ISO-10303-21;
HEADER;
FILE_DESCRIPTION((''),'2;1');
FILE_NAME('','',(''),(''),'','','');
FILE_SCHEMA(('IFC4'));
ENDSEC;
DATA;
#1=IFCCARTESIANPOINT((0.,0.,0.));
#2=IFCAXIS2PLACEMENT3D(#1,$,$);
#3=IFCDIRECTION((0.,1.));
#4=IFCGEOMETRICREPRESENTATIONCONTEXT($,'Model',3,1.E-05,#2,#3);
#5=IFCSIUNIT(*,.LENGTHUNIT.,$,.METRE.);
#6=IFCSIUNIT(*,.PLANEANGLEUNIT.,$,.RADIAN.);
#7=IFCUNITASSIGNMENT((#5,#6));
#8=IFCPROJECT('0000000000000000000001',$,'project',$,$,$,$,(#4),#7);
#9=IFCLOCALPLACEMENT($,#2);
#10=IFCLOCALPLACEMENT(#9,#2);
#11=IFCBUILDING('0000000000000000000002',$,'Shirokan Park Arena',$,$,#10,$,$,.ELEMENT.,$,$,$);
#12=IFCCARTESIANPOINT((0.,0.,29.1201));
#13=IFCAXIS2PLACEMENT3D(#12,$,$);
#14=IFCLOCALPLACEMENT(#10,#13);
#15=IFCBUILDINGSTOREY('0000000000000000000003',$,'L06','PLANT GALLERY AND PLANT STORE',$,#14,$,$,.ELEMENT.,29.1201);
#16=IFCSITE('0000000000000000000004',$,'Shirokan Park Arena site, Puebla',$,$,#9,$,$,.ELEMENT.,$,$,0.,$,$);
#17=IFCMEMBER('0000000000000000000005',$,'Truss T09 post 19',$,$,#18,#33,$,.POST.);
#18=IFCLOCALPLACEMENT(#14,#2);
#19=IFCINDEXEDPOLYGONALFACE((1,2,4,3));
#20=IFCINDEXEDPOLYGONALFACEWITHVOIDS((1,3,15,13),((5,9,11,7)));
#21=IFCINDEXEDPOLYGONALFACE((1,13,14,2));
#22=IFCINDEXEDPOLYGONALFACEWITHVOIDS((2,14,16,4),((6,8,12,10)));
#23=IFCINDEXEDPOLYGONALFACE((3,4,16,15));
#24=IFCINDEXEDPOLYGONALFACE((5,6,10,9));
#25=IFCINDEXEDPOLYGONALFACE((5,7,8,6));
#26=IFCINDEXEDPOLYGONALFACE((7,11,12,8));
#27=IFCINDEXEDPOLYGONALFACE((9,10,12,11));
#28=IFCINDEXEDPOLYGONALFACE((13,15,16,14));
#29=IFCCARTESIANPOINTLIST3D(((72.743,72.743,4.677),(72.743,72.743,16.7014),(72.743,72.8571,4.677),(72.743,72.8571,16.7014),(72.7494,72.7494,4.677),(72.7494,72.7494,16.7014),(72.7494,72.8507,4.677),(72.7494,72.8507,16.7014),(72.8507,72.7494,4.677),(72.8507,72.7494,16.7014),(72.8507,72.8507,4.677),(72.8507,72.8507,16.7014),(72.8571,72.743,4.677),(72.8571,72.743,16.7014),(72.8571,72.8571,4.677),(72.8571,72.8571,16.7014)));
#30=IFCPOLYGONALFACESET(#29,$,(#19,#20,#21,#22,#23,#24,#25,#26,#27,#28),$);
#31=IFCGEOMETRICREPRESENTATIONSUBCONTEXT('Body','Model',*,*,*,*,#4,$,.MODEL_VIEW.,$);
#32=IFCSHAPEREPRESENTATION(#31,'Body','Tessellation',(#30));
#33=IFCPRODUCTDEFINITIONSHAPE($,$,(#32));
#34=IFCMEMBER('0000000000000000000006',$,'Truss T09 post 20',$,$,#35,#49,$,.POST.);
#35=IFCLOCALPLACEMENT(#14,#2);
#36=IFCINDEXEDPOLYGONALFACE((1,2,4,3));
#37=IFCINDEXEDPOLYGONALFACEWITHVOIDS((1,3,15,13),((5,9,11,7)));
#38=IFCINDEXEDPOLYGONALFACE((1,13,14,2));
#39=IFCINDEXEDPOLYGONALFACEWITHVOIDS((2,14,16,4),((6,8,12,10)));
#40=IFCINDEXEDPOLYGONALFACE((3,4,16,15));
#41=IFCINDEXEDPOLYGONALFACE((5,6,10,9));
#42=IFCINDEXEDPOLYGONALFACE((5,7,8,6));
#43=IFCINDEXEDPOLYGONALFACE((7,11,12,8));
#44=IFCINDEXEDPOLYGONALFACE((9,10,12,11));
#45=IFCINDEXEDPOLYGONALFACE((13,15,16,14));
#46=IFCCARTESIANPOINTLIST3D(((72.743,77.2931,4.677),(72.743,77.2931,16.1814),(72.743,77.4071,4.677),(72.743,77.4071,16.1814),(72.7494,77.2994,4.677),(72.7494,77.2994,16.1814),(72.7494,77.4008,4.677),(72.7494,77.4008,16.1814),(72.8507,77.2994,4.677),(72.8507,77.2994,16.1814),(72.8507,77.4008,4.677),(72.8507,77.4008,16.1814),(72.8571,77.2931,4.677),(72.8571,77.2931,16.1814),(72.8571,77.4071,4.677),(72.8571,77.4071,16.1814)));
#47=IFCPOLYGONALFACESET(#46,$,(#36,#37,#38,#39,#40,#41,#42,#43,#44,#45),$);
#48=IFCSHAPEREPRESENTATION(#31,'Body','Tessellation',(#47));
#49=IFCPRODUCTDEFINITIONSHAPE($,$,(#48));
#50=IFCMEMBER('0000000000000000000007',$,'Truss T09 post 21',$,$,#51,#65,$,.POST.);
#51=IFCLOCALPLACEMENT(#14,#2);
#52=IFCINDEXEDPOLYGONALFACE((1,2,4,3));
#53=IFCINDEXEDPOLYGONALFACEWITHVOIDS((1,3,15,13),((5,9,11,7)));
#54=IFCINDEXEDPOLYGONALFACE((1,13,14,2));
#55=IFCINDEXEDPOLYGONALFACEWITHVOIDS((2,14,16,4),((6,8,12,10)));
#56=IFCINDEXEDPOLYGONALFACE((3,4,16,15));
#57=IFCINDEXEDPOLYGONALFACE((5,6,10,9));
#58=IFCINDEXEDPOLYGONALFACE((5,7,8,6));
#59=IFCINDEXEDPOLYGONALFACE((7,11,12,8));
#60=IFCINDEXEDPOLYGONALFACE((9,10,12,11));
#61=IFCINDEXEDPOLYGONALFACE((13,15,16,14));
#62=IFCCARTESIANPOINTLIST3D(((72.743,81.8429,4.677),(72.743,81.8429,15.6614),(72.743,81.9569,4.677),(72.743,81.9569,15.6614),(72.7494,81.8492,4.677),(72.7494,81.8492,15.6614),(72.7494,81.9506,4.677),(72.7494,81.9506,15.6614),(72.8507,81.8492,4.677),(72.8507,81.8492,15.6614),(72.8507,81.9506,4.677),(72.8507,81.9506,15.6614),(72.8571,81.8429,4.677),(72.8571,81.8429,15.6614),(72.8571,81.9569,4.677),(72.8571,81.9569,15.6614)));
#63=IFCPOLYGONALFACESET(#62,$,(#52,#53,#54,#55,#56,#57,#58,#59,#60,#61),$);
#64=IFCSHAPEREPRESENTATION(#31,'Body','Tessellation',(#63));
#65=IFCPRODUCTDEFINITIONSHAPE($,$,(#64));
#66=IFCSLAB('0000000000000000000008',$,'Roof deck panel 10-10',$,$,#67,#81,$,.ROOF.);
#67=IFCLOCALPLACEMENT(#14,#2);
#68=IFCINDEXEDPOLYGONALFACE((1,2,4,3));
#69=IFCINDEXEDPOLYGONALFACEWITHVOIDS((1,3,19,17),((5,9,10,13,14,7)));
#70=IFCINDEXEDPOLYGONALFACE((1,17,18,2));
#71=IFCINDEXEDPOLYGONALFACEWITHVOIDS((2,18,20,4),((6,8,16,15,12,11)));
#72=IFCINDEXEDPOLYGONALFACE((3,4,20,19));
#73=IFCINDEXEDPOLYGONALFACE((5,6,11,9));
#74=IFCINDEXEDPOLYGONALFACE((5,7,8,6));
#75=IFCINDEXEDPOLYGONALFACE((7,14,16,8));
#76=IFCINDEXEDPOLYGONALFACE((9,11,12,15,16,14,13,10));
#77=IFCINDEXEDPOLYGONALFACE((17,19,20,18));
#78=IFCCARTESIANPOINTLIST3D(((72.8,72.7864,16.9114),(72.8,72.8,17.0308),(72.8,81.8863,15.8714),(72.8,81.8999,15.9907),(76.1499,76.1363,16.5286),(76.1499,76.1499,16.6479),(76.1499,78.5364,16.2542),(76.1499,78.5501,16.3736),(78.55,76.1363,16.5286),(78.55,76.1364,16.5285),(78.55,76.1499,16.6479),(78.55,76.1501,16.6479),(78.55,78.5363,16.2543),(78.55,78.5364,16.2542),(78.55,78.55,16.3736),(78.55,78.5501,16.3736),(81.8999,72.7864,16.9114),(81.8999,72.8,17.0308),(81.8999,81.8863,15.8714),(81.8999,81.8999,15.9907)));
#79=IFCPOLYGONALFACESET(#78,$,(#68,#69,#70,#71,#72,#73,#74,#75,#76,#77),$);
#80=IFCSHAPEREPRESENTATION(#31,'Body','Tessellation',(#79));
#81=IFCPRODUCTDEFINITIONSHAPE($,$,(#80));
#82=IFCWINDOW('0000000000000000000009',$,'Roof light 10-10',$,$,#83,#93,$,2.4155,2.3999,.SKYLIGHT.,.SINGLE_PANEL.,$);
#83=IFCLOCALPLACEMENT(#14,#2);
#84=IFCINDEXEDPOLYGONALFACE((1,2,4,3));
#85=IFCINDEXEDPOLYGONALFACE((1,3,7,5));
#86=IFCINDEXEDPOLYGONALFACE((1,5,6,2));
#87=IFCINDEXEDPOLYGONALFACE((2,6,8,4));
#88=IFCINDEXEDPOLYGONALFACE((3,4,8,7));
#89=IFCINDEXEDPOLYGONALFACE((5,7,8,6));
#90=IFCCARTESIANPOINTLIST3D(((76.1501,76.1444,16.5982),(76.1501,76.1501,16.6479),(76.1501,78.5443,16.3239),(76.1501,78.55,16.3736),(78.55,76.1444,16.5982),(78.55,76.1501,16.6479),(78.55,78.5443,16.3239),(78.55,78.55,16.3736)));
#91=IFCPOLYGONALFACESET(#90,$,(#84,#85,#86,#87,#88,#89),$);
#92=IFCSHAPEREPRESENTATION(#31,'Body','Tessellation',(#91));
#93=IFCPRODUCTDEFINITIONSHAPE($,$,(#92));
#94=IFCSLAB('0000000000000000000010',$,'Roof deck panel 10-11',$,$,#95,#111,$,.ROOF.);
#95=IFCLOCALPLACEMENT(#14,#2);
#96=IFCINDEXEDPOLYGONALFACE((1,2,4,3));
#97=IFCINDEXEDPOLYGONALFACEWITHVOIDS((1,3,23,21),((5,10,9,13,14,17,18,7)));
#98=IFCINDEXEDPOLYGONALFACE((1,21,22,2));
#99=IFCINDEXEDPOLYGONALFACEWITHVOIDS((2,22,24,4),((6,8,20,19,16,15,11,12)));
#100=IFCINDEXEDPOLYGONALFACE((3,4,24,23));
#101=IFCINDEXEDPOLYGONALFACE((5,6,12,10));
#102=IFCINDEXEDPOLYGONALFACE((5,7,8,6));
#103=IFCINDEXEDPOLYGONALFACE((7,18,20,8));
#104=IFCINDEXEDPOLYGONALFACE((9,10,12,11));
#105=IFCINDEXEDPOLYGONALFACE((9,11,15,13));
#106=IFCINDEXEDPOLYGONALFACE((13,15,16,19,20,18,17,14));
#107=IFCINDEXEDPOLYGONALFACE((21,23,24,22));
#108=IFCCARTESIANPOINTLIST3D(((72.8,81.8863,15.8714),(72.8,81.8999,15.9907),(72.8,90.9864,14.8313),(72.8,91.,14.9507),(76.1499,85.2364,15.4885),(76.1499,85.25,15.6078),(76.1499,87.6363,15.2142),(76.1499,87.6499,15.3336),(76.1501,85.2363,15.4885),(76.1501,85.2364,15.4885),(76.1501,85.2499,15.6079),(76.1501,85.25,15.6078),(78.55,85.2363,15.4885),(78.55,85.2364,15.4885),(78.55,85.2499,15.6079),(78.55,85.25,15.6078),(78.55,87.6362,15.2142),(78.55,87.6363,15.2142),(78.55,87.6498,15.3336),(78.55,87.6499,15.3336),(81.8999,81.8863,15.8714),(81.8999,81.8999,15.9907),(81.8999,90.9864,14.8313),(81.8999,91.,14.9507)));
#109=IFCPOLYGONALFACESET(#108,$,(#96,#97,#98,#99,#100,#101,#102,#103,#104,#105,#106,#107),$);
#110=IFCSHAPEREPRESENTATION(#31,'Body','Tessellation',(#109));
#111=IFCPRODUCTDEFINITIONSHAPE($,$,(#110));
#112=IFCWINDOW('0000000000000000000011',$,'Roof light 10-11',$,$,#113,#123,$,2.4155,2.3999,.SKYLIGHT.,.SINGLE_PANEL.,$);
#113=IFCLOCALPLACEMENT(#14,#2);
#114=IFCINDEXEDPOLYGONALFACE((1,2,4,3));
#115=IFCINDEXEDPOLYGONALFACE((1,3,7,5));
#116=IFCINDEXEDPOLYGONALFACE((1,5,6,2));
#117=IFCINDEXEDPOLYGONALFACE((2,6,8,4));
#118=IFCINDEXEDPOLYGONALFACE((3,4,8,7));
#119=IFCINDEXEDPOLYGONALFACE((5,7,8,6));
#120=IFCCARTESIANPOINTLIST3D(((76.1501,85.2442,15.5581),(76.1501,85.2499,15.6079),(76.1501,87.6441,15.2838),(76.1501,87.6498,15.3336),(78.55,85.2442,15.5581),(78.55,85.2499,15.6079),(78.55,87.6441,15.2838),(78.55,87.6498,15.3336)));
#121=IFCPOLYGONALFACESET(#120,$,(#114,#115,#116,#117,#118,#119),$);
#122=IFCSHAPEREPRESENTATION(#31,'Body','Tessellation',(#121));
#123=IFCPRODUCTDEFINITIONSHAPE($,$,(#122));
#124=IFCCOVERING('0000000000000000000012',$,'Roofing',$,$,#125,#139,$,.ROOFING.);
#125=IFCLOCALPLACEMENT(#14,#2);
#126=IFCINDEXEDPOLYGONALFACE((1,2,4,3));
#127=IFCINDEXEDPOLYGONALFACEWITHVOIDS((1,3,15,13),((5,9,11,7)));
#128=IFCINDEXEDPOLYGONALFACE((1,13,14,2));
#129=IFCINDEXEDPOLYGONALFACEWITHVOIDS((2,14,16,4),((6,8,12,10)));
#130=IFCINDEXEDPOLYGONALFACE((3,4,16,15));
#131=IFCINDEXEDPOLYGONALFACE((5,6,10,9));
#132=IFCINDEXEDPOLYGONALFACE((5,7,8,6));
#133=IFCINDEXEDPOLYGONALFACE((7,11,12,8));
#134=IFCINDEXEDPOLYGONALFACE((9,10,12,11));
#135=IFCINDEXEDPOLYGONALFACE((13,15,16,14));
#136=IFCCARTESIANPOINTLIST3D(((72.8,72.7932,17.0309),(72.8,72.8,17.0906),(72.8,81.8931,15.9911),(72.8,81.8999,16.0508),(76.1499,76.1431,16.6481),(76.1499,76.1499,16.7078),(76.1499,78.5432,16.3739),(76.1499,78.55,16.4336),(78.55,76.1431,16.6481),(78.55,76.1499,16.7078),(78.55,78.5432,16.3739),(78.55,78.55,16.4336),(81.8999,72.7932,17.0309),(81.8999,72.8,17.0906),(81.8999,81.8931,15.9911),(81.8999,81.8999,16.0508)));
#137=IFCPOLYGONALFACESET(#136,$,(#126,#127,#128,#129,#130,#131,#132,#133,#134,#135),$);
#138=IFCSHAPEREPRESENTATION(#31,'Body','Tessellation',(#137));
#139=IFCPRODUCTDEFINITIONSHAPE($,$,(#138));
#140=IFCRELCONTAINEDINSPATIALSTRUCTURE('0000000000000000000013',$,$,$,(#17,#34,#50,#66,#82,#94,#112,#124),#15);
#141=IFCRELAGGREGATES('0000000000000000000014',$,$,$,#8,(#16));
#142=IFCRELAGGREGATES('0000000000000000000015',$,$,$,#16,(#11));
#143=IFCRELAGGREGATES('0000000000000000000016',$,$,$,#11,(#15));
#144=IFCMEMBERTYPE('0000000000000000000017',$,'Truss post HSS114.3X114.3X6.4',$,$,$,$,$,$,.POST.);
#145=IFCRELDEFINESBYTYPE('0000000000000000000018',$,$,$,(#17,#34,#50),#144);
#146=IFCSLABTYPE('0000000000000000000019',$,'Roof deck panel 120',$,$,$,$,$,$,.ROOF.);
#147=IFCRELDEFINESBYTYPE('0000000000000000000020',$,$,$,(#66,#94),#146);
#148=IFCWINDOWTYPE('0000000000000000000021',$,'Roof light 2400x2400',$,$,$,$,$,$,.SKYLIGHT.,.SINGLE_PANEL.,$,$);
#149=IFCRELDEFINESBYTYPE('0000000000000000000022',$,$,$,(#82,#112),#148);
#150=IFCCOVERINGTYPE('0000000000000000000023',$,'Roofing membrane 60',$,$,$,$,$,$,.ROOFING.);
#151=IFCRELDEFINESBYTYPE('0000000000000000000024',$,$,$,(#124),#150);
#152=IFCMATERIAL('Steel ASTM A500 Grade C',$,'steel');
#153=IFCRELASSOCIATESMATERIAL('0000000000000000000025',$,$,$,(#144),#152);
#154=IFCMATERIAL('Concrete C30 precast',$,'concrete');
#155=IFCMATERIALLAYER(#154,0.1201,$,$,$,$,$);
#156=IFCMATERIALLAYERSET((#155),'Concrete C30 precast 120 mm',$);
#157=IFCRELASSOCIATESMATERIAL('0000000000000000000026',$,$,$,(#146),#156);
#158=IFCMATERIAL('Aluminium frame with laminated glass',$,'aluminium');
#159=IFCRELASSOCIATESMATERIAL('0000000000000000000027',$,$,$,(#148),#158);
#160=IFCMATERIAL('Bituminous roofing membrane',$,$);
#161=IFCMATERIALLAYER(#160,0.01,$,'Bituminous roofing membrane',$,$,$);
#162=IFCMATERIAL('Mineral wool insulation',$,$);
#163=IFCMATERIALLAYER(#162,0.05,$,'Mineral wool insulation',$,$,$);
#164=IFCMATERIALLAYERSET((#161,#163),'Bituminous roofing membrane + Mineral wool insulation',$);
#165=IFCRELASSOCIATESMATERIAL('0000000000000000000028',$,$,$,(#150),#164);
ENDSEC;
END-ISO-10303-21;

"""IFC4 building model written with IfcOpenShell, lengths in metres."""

from ifc_helpers import new_model, si_unit, direction, frame, origin, origin_2d, place, context, subcontext, project, spatial, polyline, rectangle, hollow_rectangle, outline, extrude, material, layer, layer_set, material_profile, profile_set, type_object, element, fill, save


model = new_model("IFC4")

# Units and contexts
model_context = context("Model", 3, precision=1e-05, world=origin(), true_north=direction((0.0, 1.0)))
body_context = subcontext(model_context, "Body", "Model", "MODEL_VIEW")
ifc_project = project(units=[si_unit("LENGTHUNIT", "METRE"), si_unit("PLANEANGLEUNIT", "RADIAN")], contexts=[model_context])

# Site, building, storey
site_placement = place(None, origin())
site = spatial("IfcSite", under=ifc_project, at=site_placement, Name="Shirokan Park Arena site, Puebla", CompositionType="ELEMENT", RefElevation=0.0)
building_placement = place(site_placement, origin())
building = spatial("IfcBuilding", under=site, at=building_placement, Name="Shirokan Park Arena", CompositionType="ELEMENT")
storey_placement = place(building_placement, frame((0.0, 0.0, 29.1201)))
storey = spatial("IfcBuildingStorey", under=building, at=storey_placement, Name="L06", Description="PLANT GALLERY AND PLANT STORE", CompositionType="ELEMENT", Elevation=29.1201)

# Members
ifc_material_1 = material(Name="Steel ASTM A500 Grade C", Category="steel")
ifc_material_profile_1 = material_profile(ifc_material_1, hollow_rectangle(XDim=0.114, YDim=0.114, WallThickness=0.0063, at=origin_2d()), Name="HSS114.3X114.3X6.4")
ifc_profile_set_1 = profile_set([ifc_material_profile_1], Name="Steel ASTM A500 Grade C")
member_type_1 = type_object("IfcMemberType", Name="Truss post HSS114.3X114.3X6.4", PredefinedType="POST", material=ifc_profile_set_1)
member_1_placement = place(storey_placement, frame((72.8, 72.8, 4.677), z_axis=(0.0, 0.0, 1.0), x_axis=(1.0, 0.0, 0.0)))
element("IfcMember", 1, at=member_1_placement, inside=storey, type_object=member_type_1, Name="Truss T09 post 19", PredefinedType="POST", context=body_context, shape_type="SweptSolid", body=[
    extrude(hollow_rectangle(XDim=0.114, YDim=0.114, WallThickness=0.0063, at=origin_2d()), origin(), (0.0, 0.0, 1.0), 12.0244),
])
member_2_placement = place(storey_placement, frame((72.8, 77.3501, 4.677), z_axis=(0.0, 0.0, 1.0), x_axis=(1.0, 0.0, 0.0)))
element("IfcMember", 2, at=member_2_placement, inside=storey, type_object=member_type_1, Name="Truss T09 post 20", PredefinedType="POST", context=body_context, shape_type="SweptSolid", body=[
    extrude(hollow_rectangle(XDim=0.114, YDim=0.114, WallThickness=0.0063, at=origin_2d()), origin(), (0.0, 0.0, 1.0), 11.5044),
])
member_3_placement = place(storey_placement, frame((72.8, 81.8999, 4.677), z_axis=(0.0, 0.0, 1.0), x_axis=(1.0, 0.0, 0.0)))
element("IfcMember", 3, at=member_3_placement, inside=storey, type_object=member_type_1, Name="Truss T09 post 21", PredefinedType="POST", context=body_context, shape_type="SweptSolid", body=[
    extrude(hollow_rectangle(XDim=0.114, YDim=0.114, WallThickness=0.0063, at=origin_2d()), origin(), (0.0, 0.0, 1.0), 10.9844),
])

# Slabs, openings, windows
ifc_material_2 = material(Name="Concrete C30 precast", Category="concrete")
ifc_layer_1 = layer(ifc_material_2, 0.1201)
ifc_layer_set_1 = layer_set([ifc_layer_1], Name="Concrete C30 precast 120 mm")
slab_type = type_object("IfcSlabType", Name="Roof deck panel 120", PredefinedType="ROOF", material=ifc_layer_set_1)
slab_1_placement = place(storey_placement, frame((72.8, 72.8, 17.0308), z_axis=(0.0, 0.113553, 0.993532), x_axis=(1.0, 0.0, 0.0)))
slab_1 = element("IfcSlab", 4, at=slab_1_placement, inside=storey, type_object=slab_type, Name="Roof deck panel 10-10", PredefinedType="ROOF", context=body_context, shape_type="SweptSolid", body=[
    extrude(outline(polyline([(0.0, 0.0), (9.0999, 0.0), (9.0999, 9.1591), (0.0, 9.1591), (0.0, 0.0)]), holes=[polyline([(3.3499, 3.3717), (5.75, 3.3717), (5.75, 5.7874), (3.3499, 5.7874), (3.3499, 3.3717)])]), origin(), (0.0, 0.0, -1.0), 0.1201),
])
opening_1_placement = place(slab_1_placement, frame((4.55, 4.5796, 0.01)))
opening_1 = element("IfcOpeningElement", 5, at=opening_1_placement, cuts=slab_1, PredefinedType="OPENING", context=body_context, shape_type="SweptSolid", body=[
    extrude(rectangle(XDim=2.3999, YDim=2.4155, at=origin_2d()), origin(), (0.0, 0.0, -1.0), 0.1399),
])
ifc_material_3 = material(Name="Aluminium frame with laminated glass", Category="aluminium")
window_type = type_object("IfcWindowType", Name="Roof light 2400x2400", PartitioningType="SINGLE_PANEL", PredefinedType="SKYLIGHT", material=ifc_material_3)
window_1_placement = place(opening_1_placement, frame((0.0, 0.0, -0.0601)))
window_1 = element("IfcWindow", 6, at=window_1_placement, inside=storey, type_object=window_type, Name="Roof light 10-10", OverallHeight=2.4155, OverallWidth=2.3999, PartitioningType="SINGLE_PANEL", PredefinedType="SKYLIGHT", context=body_context, shape_type="SweptSolid", body=[
    extrude(rectangle(XDim=2.3999, YDim=2.4155, at=origin_2d()), origin(), (0.0, 0.0, 1.0), 0.05),
])
fill(opening_1, window_1)
slab_2_placement = place(storey_placement, frame((72.8, 81.8999, 15.9907), z_axis=(0.0, 0.11355, 0.993532), x_axis=(1.0, 0.0, 0.0)))
slab_2 = element("IfcSlab", 7, at=slab_2_placement, inside=storey, type_object=slab_type, Name="Roof deck panel 10-11", PredefinedType="ROOF", context=body_context, shape_type="SweptSolid", body=[
    extrude(outline(polyline([(0.0, 0.0), (9.0999, 0.0), (9.0999, 9.1593), (0.0, 9.1593), (0.0, 0.0)]), holes=[polyline([(3.3499, 3.3719), (5.75, 3.3719), (5.75, 5.7874), (3.3499, 5.7874), (3.3499, 3.3719)])]), origin(), (0.0, 0.0, -1.0), 0.1201),
])
opening_2_placement = place(slab_2_placement, frame((4.55, 4.5796, 0.01)))
opening_2 = element("IfcOpeningElement", 8, at=opening_2_placement, cuts=slab_2, PredefinedType="OPENING", context=body_context, shape_type="SweptSolid", body=[
    extrude(rectangle(XDim=2.3999, YDim=2.4155, at=origin_2d()), origin(), (0.0, 0.0, -1.0), 0.1399),
])
window_2_placement = place(opening_2_placement, frame((0.0, 0.0, -0.0601)))
window_2 = element("IfcWindow", 9, at=window_2_placement, inside=storey, type_object=window_type, Name="Roof light 10-11", OverallHeight=2.4155, OverallWidth=2.3999, PartitioningType="SINGLE_PANEL", PredefinedType="SKYLIGHT", context=body_context, shape_type="SweptSolid", body=[
    extrude(rectangle(XDim=2.3999, YDim=2.4155, at=origin_2d()), origin(), (0.0, 0.0, 1.0), 0.05),
])
fill(opening_2, window_2)

# Covering
ifc_material_4 = material(Name="Bituminous roofing membrane")
ifc_layer_2 = layer(ifc_material_4, 0.01, Name="Bituminous roofing membrane")
ifc_material_5 = material(Name="Mineral wool insulation")
ifc_layer_3 = layer(ifc_material_5, 0.05, Name="Mineral wool insulation")
ifc_layer_set_2 = layer_set([ifc_layer_2, ifc_layer_3], Name="Bituminous roofing membrane + Mineral wool insulation")
covering_type = type_object("IfcCoveringType", Name="Roofing membrane 60", PredefinedType="ROOFING", material=ifc_layer_set_2)
covering_placement = place(storey_placement, frame((72.8, 72.8, 17.0906), z_axis=(0.0, 0.113526, 0.993535), x_axis=(1.0, 0.0, 0.0)))
element("IfcCovering", 10, at=covering_placement, inside=storey, type_object=covering_type, Name="Roofing", PredefinedType="ROOFING", context=body_context, shape_type="SweptSolid", body=[
    extrude(outline(polyline([(0.0, 0.0), (9.0999, 0.0), (9.0999, 9.1591), (0.0, 9.1591), (0.0, 0.0)]), holes=[polyline([(5.75, 3.3717), (5.75, 5.7874), (3.3499, 5.7874), (3.3499, 3.3717), (5.75, 3.3717)])]), origin(), (0.0, 0.0, -1.0), 0.0601),
])

save(model, "model.ifc")
